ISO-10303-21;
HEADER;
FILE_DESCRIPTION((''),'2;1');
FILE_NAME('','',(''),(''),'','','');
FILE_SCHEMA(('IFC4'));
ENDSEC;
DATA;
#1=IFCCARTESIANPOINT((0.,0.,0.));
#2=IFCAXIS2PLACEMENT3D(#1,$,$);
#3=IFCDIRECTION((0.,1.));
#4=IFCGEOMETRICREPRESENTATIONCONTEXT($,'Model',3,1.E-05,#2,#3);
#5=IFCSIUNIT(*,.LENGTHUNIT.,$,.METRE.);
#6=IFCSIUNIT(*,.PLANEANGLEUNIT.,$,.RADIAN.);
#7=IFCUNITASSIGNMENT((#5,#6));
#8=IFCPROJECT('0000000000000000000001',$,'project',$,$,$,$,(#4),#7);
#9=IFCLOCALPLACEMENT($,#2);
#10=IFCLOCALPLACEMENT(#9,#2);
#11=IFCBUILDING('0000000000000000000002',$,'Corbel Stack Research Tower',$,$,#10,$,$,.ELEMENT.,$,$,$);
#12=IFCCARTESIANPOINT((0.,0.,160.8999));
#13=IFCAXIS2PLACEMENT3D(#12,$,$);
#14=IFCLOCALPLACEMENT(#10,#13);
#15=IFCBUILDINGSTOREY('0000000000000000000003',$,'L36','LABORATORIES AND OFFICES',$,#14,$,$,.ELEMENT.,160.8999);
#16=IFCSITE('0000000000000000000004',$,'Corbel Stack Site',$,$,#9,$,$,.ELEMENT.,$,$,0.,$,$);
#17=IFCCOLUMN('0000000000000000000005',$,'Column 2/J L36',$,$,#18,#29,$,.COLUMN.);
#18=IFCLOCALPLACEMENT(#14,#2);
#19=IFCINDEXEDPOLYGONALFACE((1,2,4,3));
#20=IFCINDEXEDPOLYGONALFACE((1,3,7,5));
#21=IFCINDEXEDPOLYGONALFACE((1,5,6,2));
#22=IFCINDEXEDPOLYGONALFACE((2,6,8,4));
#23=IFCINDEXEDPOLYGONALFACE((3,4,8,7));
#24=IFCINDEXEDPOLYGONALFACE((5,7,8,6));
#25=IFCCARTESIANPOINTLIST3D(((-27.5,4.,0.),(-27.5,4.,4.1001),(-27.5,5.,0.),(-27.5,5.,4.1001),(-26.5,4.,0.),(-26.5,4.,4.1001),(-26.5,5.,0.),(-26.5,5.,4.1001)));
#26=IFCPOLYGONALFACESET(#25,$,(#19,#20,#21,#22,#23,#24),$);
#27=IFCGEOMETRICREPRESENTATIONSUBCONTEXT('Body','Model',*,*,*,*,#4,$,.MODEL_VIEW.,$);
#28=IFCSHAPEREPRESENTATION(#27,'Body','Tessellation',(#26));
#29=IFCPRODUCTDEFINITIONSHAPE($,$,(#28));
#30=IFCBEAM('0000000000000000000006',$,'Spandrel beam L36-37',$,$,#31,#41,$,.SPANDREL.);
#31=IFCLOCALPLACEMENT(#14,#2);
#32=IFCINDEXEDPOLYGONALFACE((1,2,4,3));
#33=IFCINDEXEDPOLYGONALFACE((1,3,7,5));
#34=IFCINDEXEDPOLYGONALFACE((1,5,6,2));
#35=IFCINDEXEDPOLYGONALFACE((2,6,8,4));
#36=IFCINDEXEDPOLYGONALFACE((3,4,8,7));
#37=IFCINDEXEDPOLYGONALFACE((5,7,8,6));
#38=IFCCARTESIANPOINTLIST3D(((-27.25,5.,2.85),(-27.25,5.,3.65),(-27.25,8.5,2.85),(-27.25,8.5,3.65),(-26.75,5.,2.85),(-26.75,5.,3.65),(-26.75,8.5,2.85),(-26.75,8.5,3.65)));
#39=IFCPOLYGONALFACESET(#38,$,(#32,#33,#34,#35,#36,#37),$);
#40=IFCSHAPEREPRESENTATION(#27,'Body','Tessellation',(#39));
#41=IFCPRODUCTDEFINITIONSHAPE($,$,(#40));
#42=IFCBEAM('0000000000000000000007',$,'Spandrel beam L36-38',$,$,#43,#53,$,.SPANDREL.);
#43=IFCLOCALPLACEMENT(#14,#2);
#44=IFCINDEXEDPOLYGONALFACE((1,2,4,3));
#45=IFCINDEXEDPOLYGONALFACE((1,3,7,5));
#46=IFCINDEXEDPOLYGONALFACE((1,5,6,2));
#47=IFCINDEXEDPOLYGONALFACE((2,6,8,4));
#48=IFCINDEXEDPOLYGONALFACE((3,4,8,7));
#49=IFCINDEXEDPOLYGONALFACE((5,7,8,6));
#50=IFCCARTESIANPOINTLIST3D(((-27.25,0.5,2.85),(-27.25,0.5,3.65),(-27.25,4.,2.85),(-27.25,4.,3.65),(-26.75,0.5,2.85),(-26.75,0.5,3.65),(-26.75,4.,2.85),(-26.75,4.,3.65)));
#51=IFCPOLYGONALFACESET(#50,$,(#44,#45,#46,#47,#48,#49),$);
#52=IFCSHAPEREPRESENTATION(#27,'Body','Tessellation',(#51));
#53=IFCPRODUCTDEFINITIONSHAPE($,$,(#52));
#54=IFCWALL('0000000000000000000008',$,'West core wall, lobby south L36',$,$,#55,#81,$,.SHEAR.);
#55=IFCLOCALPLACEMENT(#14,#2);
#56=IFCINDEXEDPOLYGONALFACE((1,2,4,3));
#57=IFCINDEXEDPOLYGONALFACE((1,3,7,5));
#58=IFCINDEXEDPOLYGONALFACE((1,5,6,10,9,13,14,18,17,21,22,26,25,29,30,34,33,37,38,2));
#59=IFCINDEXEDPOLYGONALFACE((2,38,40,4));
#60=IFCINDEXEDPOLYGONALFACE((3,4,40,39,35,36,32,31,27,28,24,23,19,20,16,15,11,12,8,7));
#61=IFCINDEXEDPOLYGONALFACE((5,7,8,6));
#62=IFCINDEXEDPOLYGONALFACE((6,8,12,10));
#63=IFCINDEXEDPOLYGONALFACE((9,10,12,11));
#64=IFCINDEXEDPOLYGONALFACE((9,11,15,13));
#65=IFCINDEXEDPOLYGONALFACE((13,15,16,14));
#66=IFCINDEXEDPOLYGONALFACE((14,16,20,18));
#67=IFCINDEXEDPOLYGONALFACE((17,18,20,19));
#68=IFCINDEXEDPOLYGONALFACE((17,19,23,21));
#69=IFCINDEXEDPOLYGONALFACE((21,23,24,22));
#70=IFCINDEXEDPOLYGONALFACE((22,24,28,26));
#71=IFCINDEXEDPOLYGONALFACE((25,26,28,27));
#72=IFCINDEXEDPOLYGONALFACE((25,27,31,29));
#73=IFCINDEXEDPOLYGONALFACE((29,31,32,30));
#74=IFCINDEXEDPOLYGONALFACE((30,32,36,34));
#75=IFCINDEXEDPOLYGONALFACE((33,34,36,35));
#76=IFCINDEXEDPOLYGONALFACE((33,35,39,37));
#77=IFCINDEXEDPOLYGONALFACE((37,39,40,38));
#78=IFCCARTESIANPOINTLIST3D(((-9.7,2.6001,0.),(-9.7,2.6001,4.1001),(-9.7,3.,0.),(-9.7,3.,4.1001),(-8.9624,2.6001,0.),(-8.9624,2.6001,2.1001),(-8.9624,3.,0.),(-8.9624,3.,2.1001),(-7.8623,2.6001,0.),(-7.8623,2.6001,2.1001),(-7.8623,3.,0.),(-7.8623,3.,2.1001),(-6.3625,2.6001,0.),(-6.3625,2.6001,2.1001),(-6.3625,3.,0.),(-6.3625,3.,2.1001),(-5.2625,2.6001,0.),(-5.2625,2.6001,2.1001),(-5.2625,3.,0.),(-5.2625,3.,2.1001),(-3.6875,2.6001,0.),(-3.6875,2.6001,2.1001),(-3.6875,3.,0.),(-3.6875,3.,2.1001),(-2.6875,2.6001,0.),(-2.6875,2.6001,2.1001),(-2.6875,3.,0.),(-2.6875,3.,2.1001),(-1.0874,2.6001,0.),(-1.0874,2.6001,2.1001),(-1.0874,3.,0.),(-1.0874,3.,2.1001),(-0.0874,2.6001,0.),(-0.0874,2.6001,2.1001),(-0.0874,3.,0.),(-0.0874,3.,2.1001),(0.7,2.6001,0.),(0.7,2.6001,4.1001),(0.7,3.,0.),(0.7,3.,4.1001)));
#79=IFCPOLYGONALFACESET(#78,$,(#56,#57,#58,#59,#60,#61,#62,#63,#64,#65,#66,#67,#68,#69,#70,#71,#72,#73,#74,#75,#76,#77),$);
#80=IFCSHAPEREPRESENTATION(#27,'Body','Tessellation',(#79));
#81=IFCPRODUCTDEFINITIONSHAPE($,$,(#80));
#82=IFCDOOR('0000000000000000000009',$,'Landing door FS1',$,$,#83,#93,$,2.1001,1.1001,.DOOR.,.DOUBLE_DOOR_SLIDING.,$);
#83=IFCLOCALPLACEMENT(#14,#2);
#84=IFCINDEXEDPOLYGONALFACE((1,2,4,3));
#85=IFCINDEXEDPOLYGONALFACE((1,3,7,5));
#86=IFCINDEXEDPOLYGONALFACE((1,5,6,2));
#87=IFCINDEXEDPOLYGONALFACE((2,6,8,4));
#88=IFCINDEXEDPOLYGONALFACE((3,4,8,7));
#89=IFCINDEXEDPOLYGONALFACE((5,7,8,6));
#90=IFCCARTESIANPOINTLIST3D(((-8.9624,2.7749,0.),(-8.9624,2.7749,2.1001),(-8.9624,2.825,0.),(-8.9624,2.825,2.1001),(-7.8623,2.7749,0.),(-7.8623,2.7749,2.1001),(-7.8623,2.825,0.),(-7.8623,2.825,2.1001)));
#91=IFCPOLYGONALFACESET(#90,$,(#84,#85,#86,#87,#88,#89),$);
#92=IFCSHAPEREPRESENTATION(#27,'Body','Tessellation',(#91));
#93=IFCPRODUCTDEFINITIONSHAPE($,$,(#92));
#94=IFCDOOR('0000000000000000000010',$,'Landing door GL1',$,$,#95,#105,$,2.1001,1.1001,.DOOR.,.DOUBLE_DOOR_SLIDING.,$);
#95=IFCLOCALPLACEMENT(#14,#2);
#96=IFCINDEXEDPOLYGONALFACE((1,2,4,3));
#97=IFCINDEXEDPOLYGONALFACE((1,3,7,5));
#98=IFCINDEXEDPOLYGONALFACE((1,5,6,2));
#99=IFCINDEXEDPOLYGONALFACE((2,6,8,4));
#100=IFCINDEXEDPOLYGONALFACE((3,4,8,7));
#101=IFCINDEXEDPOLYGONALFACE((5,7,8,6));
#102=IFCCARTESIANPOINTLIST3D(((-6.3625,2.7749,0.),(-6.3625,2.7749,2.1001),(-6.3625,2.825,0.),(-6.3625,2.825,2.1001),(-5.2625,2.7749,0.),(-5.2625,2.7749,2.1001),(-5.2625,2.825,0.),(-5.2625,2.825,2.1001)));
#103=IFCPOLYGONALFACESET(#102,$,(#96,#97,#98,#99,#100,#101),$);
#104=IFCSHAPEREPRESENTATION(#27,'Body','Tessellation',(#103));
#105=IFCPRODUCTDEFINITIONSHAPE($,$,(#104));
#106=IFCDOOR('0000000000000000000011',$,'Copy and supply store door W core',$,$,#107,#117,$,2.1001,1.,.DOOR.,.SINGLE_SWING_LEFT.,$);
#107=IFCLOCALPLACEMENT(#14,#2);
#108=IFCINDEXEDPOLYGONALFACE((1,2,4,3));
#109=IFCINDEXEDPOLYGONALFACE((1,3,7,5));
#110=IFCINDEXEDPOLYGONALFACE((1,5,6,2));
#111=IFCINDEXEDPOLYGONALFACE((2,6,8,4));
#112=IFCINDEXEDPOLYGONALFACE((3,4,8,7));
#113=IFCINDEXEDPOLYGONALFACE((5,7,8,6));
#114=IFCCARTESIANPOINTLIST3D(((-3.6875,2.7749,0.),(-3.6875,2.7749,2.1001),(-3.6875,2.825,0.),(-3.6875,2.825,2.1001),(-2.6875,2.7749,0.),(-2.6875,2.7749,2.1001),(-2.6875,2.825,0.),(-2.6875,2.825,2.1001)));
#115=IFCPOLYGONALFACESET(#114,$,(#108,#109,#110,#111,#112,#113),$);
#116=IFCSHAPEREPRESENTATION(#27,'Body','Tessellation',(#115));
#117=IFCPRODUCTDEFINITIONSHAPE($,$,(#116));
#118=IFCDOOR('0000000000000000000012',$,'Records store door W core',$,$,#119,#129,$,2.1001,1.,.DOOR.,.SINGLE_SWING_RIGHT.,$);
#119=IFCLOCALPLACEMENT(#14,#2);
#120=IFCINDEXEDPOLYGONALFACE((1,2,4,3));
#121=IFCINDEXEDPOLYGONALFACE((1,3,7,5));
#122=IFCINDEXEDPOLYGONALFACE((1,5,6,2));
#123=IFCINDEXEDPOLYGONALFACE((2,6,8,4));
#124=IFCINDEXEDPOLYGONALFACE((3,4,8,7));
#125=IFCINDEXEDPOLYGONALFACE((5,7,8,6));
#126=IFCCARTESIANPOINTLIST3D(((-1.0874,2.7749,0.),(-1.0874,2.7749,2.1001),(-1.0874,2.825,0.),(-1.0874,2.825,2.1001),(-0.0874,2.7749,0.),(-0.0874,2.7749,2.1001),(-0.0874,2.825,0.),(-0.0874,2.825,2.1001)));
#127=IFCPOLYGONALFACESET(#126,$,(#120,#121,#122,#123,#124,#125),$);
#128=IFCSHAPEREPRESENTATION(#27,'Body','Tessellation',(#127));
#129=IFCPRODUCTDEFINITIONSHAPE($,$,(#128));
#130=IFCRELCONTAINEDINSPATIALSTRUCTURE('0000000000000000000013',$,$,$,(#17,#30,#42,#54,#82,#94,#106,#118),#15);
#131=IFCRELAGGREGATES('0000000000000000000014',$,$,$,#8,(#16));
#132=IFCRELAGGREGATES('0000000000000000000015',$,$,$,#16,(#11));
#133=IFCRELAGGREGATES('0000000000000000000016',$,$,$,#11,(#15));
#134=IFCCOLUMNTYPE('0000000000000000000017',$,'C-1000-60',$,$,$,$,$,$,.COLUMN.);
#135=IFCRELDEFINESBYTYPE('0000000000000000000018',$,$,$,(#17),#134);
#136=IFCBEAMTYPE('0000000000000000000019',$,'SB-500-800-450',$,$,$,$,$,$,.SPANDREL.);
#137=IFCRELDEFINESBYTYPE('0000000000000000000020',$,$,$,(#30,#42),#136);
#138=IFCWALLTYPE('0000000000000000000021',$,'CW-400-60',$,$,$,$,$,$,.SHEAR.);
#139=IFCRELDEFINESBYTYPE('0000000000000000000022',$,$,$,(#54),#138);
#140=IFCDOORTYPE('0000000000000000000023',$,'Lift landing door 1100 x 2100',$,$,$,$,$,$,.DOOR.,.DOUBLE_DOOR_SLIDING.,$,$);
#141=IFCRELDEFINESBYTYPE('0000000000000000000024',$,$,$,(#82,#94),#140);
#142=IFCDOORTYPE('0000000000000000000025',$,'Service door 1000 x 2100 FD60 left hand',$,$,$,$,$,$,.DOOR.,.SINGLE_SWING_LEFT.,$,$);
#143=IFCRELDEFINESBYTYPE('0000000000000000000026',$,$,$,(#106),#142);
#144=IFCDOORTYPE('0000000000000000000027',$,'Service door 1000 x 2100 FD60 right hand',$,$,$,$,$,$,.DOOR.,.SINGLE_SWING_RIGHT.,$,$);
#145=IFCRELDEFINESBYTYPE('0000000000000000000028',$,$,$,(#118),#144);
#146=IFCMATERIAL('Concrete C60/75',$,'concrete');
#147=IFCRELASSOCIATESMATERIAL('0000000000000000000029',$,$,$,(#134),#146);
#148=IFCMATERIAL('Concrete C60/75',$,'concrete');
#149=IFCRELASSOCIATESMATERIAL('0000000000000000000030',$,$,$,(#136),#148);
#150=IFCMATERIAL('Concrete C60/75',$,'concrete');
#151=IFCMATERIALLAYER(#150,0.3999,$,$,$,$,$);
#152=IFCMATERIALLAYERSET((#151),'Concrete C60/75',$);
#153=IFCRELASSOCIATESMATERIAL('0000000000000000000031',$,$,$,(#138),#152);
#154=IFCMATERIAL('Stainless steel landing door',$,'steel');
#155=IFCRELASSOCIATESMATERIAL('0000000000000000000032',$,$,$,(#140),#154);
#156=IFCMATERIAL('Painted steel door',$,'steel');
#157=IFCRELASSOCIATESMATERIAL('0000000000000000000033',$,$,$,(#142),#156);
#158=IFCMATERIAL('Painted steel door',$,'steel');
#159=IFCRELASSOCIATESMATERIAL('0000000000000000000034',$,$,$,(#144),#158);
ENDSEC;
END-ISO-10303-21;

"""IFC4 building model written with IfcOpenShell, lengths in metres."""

from ifc_helpers import new_model, si_unit, direction, frame, frame_2d, origin, origin_2d, place, context, subcontext, project, spatial, rectangle, extrude, material, layer, layer_set, material_profile, profile_set, type_object, element, fill, save


model = new_model("IFC4")

# Units and contexts
model_context = context("Model", 3, precision=1e-05, world=origin(), true_north=direction((0.0, 1.0)))
body_context = subcontext(model_context, "Body", "Model", "MODEL_VIEW")
ifc_project = project(units=[si_unit("LENGTHUNIT", "METRE"), si_unit("PLANEANGLEUNIT", "RADIAN")], contexts=[model_context])

# Site, building, storey
site_placement = place(None, origin())
site = spatial("IfcSite", under=ifc_project, at=site_placement, Name="Corbel Stack Site", CompositionType="ELEMENT", RefElevation=0.0)
building_placement = place(site_placement, origin())
building = spatial("IfcBuilding", under=site, at=building_placement, Name="Corbel Stack Research Tower", CompositionType="ELEMENT")
storey_placement = place(building_placement, frame((0.0, 0.0, 160.8999)))
storey = spatial("IfcBuildingStorey", under=building, at=storey_placement, Name="L36", Description="LABORATORIES AND OFFICES", CompositionType="ELEMENT", Elevation=160.8999)

# Column
ifc_material_1 = material(Name="Concrete C60/75", Category="concrete")
ifc_material_profile_1 = material_profile(ifc_material_1, rectangle(XDim=1.0, YDim=1.0, at=origin_2d()), Name="RC 1000 x 1000")
ifc_profile_set_1 = profile_set([ifc_material_profile_1], Name="Concrete C60/75")
column_type = type_object("IfcColumnType", Name="C-1000-60", PredefinedType="COLUMN", material=ifc_profile_set_1)
column_placement = place(storey_placement, frame((-27.0, 4.5, 0.0), z_axis=(0.0, 0.0, 1.0), x_axis=(1.0, 0.0, 0.0)))
element("IfcColumn", 1, at=column_placement, inside=storey, type_object=column_type, Name="Column 2/J L36", PredefinedType="COLUMN", context=body_context, shape_type="SweptSolid", body=[
    extrude(rectangle(XDim=1.0, YDim=1.0, at=origin_2d()), origin(), (0.0, 0.0, 1.0), 4.1001),
])

# Beams
ifc_material_2 = material(Name="Concrete C60/75", Category="concrete")
ifc_material_profile_2 = material_profile(ifc_material_2, rectangle(XDim=0.5, YDim=0.8, at=origin_2d()), Name="RC 500 x 800")
ifc_profile_set_2 = profile_set([ifc_material_profile_2], Name="Concrete C60/75")
beam_type = type_object("IfcBeamType", Name="SB-500-800-450", PredefinedType="SPANDREL", material=ifc_profile_set_2)
for number, where, z_axis, x_axis, name in (
    (2, (-27.0, 8.5, 3.25), (0.0, -1.0, 0.0), (1.0, 0.0, 0.0), "Spandrel beam L36-37"),
    (3, (-27.0, 4.0, 3.25), (0.0, -1.0, 0.0), (1.0, 0.0, 0.0), "Spandrel beam L36-38"),
):
    element("IfcBeam", number, at=place(storey_placement, frame(where, z_axis=z_axis, x_axis=x_axis)), inside=storey, type_object=beam_type, Name=name, PredefinedType="SPANDREL", context=body_context, shape_type="SweptSolid", body=[
        extrude(rectangle(XDim=0.5, YDim=0.8, at=origin_2d()), origin(), (0.0, 0.0, 1.0), 3.5),
    ])

# Wall, openings, doors
ifc_material_3 = material(Name="Concrete C60/75", Category="concrete")
ifc_layer_1 = layer(ifc_material_3, 0.3999)
ifc_layer_set_1 = layer_set([ifc_layer_1], Name="Concrete C60/75")
wall_type_1 = type_object("IfcWallType", Name="CW-400-60", PredefinedType="SHEAR", material=ifc_layer_set_1)
wall_1_placement = place(storey_placement, frame((-9.7, 2.8, 0.0), z_axis=(0.0, 0.0, 1.0), x_axis=(1.0, 0.0, 0.0)))
wall_1 = element("IfcWall", 4, at=wall_1_placement, inside=storey, type_object=wall_type_1, Name="West core wall, lobby south L36", PredefinedType="SHEAR", context=body_context, shape_type="SweptSolid", body=[
    extrude(rectangle(XDim=10.3999, YDim=0.3999, at=frame_2d((5.2, 0.0))), origin(), (0.0, 0.0, 1.0), 4.1001),
])
opening_1_placement = place(wall_1_placement, frame((0.7375, 0.0, 0.0)))
opening_1 = element("IfcOpeningElement", 5, at=opening_1_placement, cuts=wall_1, PredefinedType="OPENING", context=body_context, shape_type="SweptSolid", body=[
    extrude(rectangle(XDim=1.1001, YDim=2.1001, at=frame_2d((0.55, 1.05))), frame((0.0, 0.21, 0.0), z_axis=(0.0, -1.0, 0.0), x_axis=(1.0, 0.0, 0.0)), (0.0, 0.0, 1.0), 0.4199),
])
opening_2_placement = place(wall_1_placement, frame((3.3374, 0.0, 0.0)))
opening_2 = element("IfcOpeningElement", 6, at=opening_2_placement, cuts=wall_1, PredefinedType="OPENING", context=body_context, shape_type="SweptSolid", body=[
    extrude(rectangle(XDim=1.1001, YDim=2.1001, at=frame_2d((0.55, 1.05))), frame((0.0, 0.21, 0.0), z_axis=(0.0, -1.0, 0.0), x_axis=(1.0, 0.0, 0.0)), (0.0, 0.0, 1.0), 0.4199),
])
opening_3_placement = place(wall_1_placement, frame((6.0125, 0.0, 0.0)))
opening_3 = element("IfcOpeningElement", 7, at=opening_3_placement, cuts=wall_1, PredefinedType="OPENING", context=body_context, shape_type="SweptSolid", body=[
    extrude(rectangle(XDim=1.0, YDim=2.1001, at=frame_2d((0.5, 1.05))), frame((0.0, 0.21, 0.0), z_axis=(0.0, -1.0, 0.0), x_axis=(1.0, 0.0, 0.0)), (0.0, 0.0, 1.0), 0.4199),
])
opening_4_placement = place(wall_1_placement, frame((8.6125, 0.0, 0.0)))
opening_4 = element("IfcOpeningElement", 8, at=opening_4_placement, cuts=wall_1, PredefinedType="OPENING", context=body_context, shape_type="SweptSolid", body=[
    extrude(rectangle(XDim=1.0, YDim=2.1001, at=frame_2d((0.5, 1.05))), frame((0.0, 0.21, 0.0), z_axis=(0.0, -1.0, 0.0), x_axis=(1.0, 0.0, 0.0)), (0.0, 0.0, 1.0), 0.4199),
])
ifc_material_4 = material(Name="Stainless steel landing door", Category="steel")
door_type_1 = type_object("IfcDoorType", Name="Lift landing door 1100 x 2100", OperationType="DOUBLE_DOOR_SLIDING", PredefinedType="DOOR", material=ifc_material_4)
door_1_placement = place(opening_1_placement, origin())
door_1 = element("IfcDoor", 9, at=door_1_placement, inside=storey, type_object=door_type_1, Name="Landing door FS1", OperationType="DOUBLE_DOOR_SLIDING", OverallHeight=2.1001, OverallWidth=1.1001, PredefinedType="DOOR", context=body_context, shape_type="SweptSolid", body=[
    extrude(rectangle(XDim=1.1001, YDim=2.1001, at=frame_2d((0.55, 1.05))), frame((0.0, 0.0249, 0.0), z_axis=(0.0, -1.0, 0.0), x_axis=(1.0, 0.0, 0.0)), (0.0, 0.0, 1.0), 0.05),
])
fill(opening_1, door_1)
door_2_placement = place(opening_2_placement, origin())
door_2 = element("IfcDoor", 10, at=door_2_placement, inside=storey, type_object=door_type_1, Name="Landing door GL1", OperationType="DOUBLE_DOOR_SLIDING", OverallHeight=2.1001, OverallWidth=1.1001, PredefinedType="DOOR", context=body_context, shape_type="SweptSolid", body=[
    extrude(rectangle(XDim=1.1001, YDim=2.1001, at=frame_2d((0.55, 1.05))), frame((0.0, 0.0249, 0.0), z_axis=(0.0, -1.0, 0.0), x_axis=(1.0, 0.0, 0.0)), (0.0, 0.0, 1.0), 0.05),
])
fill(opening_2, door_2)
ifc_material_5 = material(Name="Painted steel door", Category="steel")
door_type_2 = type_object("IfcDoorType", Name="Service door 1000 x 2100 FD60 left hand", OperationType="SINGLE_SWING_LEFT", PredefinedType="DOOR", material=ifc_material_5)
door_3_placement = place(opening_3_placement, origin())
door_3 = element("IfcDoor", 11, at=door_3_placement, inside=storey, type_object=door_type_2, Name="Copy and supply store door W core", OperationType="SINGLE_SWING_LEFT", OverallHeight=2.1001, OverallWidth=1.0, PredefinedType="DOOR", context=body_context, shape_type="SweptSolid", body=[
    extrude(rectangle(XDim=1.0, YDim=2.1001, at=frame_2d((0.5, 1.05))), frame((0.0, 0.0249, 0.0), z_axis=(0.0, -1.0, 0.0), x_axis=(1.0, 0.0, 0.0)), (0.0, 0.0, 1.0), 0.05),
])
fill(opening_3, door_3)
ifc_material_6 = material(Name="Painted steel door", Category="steel")
door_type_3 = type_object("IfcDoorType", Name="Service door 1000 x 2100 FD60 right hand", OperationType="SINGLE_SWING_RIGHT", PredefinedType="DOOR", material=ifc_material_6)
door_4_placement = place(opening_4_placement, origin())
door_4 = element("IfcDoor", 12, at=door_4_placement, inside=storey, type_object=door_type_3, Name="Records store door W core", OperationType="SINGLE_SWING_RIGHT", OverallHeight=2.1001, OverallWidth=1.0, PredefinedType="DOOR", context=body_context, shape_type="SweptSolid", body=[
    extrude(rectangle(XDim=1.0, YDim=2.1001, at=frame_2d((0.5, 1.05))), frame((0.0, 0.0249, 0.0), z_axis=(0.0, -1.0, 0.0), x_axis=(1.0, 0.0, 0.0)), (0.0, 0.0, 1.0), 0.05),
])
fill(opening_4, door_4)

save(model, "model.ifc")
